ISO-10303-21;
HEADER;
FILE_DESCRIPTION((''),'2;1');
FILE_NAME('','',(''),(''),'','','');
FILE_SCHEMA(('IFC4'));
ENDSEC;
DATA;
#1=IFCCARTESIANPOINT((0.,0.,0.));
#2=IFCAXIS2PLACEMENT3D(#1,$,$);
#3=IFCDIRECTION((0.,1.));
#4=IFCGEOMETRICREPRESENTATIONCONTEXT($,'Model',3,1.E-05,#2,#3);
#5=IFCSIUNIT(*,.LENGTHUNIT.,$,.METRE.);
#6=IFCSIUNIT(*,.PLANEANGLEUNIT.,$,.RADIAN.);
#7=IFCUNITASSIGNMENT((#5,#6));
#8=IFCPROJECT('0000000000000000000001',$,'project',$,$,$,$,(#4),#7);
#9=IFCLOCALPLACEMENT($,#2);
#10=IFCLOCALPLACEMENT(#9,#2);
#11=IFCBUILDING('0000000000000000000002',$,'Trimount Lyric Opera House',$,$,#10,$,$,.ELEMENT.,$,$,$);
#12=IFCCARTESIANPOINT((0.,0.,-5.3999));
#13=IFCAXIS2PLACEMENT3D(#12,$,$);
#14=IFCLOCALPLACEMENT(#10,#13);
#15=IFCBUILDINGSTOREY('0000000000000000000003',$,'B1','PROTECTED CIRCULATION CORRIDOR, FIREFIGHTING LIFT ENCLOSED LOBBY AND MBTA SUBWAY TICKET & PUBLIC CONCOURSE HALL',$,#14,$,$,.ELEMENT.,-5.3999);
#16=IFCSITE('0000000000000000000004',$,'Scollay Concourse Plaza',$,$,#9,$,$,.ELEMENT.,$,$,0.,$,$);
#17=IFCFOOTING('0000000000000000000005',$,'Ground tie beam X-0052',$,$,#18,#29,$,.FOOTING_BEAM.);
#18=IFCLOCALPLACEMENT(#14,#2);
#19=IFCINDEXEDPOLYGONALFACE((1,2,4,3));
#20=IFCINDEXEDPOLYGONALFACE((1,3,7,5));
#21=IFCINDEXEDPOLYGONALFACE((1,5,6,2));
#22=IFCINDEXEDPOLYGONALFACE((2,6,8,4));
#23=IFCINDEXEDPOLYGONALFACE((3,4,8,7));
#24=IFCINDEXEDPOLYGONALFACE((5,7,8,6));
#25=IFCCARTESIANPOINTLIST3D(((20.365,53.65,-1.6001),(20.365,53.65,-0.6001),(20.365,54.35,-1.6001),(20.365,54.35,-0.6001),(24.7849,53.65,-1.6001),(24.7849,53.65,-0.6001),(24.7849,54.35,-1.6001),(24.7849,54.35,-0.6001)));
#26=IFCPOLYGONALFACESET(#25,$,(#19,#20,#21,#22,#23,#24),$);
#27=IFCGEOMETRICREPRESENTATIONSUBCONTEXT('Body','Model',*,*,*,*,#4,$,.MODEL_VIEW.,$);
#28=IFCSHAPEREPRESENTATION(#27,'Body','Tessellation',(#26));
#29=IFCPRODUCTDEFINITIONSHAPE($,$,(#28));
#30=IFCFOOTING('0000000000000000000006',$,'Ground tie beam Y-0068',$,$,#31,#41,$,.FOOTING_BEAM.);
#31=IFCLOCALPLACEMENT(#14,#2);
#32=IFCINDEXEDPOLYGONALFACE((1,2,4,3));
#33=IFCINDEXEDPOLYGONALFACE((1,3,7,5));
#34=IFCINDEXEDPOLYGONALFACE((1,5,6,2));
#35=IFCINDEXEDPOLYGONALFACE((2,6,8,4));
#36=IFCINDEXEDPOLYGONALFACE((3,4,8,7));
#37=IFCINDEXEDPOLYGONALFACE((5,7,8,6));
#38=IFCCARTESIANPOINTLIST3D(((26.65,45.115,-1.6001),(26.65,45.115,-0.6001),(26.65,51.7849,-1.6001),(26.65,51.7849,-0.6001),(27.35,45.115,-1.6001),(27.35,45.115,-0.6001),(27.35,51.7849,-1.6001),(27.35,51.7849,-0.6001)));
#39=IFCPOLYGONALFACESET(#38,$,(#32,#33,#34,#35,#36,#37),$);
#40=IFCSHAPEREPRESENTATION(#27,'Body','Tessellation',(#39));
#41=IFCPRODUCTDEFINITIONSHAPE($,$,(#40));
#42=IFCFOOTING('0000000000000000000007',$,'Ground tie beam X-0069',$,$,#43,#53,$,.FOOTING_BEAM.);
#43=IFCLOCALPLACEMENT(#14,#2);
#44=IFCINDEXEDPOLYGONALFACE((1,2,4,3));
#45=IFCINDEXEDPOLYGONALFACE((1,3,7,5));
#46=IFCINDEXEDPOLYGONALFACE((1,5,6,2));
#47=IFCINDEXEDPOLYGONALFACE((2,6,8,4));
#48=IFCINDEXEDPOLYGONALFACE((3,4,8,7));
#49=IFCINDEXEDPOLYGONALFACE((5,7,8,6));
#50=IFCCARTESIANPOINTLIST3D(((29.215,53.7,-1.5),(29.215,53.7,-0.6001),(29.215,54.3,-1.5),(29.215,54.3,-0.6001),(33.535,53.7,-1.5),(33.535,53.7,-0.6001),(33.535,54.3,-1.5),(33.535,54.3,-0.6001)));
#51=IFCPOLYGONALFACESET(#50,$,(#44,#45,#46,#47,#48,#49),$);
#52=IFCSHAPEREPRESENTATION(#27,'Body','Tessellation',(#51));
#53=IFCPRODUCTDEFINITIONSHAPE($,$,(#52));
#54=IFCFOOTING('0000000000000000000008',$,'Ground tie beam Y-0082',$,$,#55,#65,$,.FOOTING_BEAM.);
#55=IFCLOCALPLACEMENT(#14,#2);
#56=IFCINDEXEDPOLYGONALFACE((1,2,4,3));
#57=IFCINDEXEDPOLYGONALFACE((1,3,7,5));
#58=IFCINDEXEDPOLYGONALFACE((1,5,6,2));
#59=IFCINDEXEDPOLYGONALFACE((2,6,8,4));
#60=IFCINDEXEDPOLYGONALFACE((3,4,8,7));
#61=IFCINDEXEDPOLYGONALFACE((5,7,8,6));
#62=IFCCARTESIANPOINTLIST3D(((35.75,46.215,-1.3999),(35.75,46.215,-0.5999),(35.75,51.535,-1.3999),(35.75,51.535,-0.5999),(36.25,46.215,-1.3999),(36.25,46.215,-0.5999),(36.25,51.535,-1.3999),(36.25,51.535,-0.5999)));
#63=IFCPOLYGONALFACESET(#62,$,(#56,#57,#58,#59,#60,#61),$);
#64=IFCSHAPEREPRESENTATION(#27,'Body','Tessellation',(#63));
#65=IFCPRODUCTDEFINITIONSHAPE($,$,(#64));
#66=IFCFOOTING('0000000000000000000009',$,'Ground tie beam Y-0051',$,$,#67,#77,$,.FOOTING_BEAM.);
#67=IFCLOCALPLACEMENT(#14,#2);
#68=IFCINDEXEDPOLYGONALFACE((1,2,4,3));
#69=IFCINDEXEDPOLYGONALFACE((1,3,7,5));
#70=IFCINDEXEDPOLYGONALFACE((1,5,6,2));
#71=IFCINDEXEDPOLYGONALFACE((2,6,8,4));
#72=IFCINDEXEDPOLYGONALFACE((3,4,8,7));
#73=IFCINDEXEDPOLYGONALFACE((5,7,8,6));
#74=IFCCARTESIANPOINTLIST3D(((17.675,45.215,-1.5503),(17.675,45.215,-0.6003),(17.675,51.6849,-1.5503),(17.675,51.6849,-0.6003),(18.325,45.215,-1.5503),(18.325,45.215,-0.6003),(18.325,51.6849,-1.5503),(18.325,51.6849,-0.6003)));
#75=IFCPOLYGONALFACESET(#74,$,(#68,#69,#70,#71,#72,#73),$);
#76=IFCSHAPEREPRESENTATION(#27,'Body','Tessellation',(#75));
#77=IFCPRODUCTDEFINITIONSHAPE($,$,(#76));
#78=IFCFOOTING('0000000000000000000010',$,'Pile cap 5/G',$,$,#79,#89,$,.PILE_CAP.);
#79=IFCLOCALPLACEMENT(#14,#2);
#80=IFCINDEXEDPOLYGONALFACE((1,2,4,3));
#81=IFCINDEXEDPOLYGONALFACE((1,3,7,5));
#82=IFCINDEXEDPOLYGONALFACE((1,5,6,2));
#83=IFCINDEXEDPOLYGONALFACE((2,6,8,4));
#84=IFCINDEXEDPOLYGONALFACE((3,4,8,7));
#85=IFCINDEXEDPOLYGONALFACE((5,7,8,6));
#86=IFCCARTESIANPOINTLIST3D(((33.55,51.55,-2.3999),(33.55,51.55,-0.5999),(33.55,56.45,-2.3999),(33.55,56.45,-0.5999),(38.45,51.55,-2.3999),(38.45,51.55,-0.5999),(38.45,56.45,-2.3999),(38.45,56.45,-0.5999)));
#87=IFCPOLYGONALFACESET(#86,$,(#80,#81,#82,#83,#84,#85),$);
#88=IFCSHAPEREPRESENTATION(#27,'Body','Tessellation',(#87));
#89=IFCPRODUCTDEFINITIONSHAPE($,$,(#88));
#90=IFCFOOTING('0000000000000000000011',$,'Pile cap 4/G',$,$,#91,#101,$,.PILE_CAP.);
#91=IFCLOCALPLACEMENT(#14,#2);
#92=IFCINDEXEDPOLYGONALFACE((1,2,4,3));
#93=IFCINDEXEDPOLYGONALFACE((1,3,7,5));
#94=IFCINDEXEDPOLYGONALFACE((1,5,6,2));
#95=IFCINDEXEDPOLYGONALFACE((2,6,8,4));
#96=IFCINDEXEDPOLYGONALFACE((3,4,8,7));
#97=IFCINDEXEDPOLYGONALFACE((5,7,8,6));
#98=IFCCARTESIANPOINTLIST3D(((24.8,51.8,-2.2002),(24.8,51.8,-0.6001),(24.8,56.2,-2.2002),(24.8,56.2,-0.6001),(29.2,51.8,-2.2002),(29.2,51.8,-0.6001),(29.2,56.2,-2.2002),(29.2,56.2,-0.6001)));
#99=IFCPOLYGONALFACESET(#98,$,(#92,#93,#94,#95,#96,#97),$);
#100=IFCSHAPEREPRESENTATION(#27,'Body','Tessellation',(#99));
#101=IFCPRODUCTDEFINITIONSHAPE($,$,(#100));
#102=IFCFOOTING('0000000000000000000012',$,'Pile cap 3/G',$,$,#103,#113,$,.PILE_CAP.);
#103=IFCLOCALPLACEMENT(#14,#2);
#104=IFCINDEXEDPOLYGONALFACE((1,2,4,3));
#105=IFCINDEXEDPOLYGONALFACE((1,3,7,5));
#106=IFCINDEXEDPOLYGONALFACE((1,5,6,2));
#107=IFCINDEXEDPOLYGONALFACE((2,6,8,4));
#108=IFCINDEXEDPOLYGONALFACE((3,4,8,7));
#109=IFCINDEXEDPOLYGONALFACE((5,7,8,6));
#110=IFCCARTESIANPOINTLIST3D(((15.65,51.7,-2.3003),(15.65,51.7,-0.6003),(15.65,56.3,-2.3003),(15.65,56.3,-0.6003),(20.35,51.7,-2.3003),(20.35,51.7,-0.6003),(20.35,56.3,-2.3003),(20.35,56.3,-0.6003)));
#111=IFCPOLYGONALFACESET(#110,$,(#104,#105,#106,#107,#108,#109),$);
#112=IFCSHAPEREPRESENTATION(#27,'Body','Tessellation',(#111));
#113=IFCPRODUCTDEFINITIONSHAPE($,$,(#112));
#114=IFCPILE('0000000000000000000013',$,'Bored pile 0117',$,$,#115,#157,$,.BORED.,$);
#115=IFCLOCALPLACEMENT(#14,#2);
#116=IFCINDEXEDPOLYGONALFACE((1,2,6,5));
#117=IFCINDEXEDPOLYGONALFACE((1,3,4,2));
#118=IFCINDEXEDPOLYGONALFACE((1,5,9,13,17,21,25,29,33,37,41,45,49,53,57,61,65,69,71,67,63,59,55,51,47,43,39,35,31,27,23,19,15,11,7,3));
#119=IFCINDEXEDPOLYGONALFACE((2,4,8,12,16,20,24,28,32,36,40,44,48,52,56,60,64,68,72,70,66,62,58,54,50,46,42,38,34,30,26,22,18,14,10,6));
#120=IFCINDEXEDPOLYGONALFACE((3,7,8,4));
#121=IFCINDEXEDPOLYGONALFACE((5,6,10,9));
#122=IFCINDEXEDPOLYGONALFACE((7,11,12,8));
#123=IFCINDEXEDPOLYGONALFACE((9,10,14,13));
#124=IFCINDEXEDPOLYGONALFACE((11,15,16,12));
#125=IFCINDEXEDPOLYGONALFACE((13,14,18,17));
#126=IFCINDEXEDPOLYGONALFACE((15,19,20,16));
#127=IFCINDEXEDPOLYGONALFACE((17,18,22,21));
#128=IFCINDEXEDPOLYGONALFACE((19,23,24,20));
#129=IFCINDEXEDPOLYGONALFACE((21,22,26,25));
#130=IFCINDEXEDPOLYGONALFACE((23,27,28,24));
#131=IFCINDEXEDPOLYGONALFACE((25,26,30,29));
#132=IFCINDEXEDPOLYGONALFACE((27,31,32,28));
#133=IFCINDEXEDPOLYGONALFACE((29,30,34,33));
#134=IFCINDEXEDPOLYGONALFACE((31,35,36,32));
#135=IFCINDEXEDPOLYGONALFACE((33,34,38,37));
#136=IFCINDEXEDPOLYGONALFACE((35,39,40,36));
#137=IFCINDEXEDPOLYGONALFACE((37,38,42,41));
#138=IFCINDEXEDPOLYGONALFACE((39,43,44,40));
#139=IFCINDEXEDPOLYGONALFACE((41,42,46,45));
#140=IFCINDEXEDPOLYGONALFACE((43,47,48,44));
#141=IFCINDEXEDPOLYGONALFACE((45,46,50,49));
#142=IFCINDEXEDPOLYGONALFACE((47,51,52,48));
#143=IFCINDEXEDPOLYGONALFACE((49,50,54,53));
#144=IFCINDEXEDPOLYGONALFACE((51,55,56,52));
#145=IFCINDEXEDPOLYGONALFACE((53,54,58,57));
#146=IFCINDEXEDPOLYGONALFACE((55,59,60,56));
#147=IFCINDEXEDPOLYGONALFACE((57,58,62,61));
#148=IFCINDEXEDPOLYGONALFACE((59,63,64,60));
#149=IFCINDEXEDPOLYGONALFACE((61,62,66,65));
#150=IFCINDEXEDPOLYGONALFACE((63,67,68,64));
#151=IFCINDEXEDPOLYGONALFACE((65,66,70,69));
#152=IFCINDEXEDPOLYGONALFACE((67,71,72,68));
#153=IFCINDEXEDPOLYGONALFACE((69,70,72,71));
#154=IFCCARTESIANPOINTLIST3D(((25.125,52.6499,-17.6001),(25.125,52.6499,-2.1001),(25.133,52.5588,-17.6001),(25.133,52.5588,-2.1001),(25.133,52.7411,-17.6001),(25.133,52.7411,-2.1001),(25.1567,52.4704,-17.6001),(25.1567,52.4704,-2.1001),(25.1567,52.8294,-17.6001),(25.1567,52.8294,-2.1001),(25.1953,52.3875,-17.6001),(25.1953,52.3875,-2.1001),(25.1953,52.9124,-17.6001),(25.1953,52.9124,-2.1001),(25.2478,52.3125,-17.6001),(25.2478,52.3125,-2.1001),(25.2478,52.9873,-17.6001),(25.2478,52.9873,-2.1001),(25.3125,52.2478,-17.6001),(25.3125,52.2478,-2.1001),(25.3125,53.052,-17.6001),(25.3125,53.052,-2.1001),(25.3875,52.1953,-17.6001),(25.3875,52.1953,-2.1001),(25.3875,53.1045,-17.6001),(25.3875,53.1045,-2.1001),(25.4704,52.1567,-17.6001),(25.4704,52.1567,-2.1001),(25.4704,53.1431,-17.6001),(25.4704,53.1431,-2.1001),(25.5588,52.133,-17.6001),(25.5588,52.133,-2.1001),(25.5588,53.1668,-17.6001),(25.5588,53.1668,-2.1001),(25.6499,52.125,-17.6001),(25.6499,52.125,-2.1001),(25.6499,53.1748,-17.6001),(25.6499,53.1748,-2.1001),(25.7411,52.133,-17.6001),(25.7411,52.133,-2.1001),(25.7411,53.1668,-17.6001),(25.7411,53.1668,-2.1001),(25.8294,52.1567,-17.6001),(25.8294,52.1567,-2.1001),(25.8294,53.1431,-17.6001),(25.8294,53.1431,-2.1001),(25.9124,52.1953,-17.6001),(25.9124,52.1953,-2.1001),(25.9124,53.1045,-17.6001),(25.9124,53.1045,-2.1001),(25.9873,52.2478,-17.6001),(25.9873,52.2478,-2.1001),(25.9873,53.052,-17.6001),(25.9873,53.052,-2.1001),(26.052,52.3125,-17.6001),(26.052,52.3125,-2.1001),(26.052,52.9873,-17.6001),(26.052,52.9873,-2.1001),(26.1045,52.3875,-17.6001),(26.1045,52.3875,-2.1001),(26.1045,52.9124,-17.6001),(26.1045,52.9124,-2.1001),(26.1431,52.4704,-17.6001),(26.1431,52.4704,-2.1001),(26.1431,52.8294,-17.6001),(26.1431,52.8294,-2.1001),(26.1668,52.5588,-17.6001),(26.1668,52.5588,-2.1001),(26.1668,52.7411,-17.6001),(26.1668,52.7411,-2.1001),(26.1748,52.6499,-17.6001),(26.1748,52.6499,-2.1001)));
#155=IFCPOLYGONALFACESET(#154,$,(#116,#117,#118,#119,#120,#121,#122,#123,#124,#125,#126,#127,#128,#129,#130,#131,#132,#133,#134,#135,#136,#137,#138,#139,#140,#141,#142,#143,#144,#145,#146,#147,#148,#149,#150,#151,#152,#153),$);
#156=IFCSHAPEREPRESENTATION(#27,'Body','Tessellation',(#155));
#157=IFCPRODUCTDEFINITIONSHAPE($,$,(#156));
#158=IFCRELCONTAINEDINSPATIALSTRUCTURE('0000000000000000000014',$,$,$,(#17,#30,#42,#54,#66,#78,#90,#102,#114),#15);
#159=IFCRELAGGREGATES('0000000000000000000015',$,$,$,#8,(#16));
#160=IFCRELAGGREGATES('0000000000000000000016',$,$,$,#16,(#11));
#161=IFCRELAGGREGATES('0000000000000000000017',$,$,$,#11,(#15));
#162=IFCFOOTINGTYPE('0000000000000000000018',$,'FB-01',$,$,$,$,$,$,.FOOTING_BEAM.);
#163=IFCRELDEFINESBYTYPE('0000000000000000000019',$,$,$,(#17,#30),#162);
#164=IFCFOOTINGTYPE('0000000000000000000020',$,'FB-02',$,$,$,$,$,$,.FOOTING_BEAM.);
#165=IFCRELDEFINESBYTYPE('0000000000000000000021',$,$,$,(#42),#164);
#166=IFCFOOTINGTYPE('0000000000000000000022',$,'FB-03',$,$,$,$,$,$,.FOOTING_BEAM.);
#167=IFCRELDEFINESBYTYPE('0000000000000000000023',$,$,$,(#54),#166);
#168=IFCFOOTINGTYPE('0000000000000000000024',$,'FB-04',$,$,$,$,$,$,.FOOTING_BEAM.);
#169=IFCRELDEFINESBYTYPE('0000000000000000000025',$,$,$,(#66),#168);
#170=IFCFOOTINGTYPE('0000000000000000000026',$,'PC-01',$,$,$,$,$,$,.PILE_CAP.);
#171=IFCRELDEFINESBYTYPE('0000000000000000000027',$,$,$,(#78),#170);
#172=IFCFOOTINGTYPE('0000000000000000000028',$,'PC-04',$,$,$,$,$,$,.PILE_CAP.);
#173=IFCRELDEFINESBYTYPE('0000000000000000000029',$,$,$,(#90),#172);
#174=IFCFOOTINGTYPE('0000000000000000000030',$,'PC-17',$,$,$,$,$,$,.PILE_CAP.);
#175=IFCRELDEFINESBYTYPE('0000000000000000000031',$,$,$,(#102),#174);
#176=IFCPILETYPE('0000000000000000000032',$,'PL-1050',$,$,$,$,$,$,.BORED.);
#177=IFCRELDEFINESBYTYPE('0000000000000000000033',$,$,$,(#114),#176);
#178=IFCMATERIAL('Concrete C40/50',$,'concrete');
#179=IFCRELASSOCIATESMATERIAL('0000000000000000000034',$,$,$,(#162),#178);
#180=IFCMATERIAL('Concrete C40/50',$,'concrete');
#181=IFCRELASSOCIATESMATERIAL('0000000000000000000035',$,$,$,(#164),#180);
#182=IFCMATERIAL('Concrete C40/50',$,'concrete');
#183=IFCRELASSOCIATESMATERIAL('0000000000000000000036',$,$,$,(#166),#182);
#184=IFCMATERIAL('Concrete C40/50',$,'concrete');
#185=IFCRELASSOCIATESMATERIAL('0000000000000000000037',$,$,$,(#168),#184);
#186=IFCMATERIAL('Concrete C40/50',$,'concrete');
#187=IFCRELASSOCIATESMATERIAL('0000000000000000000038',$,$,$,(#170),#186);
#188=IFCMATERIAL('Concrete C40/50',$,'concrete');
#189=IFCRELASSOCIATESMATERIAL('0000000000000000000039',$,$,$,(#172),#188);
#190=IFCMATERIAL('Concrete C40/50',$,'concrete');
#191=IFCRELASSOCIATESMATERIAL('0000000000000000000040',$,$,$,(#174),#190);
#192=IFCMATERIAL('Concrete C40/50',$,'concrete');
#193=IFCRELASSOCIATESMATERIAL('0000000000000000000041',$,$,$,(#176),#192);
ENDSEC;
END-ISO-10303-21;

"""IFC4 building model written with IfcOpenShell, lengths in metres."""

from ifc_helpers import new_model, si_unit, direction, frame, origin, origin_2d, place, context, subcontext, project, spatial, rectangle, circle, extrude, material, material_profile, profile_set, type_object, element, save


model = new_model("IFC4")

# Units and contexts
model_context = context("Model", 3, precision=1e-05, world=origin(), true_north=direction((0.0, 1.0)))
body_context = subcontext(model_context, "Body", "Model", "MODEL_VIEW")
ifc_project = project(units=[si_unit("LENGTHUNIT", "METRE"), si_unit("PLANEANGLEUNIT", "RADIAN")], contexts=[model_context])

# Site, building, storey
site_placement = place(None, origin())
site = spatial("IfcSite", under=ifc_project, at=site_placement, Name="Scollay Concourse Plaza", CompositionType="ELEMENT", RefElevation=0.0)
building_placement = place(site_placement, origin())
building = spatial("IfcBuilding", under=site, at=building_placement, Name="Trimount Lyric Opera House", CompositionType="ELEMENT")
storey_placement = place(building_placement, frame((0.0, 0.0, -5.3999)))
storey = spatial("IfcBuildingStorey", under=building, at=storey_placement, Name="B1", Description="PROTECTED CIRCULATION CORRIDOR, FIREFIGHTING LIFT ENCLOSED LOBBY AND MBTA SUBWAY TICKET & PUBLIC CONCOURSE HALL", CompositionType="ELEMENT", Elevation=-5.3999)

# Footings
ifc_material_1 = material(Name="Concrete C40/50", Category="concrete")
footing_type_1 = type_object("IfcFootingType", Name="FB-01", PredefinedType="FOOTING_BEAM", material=ifc_material_1)
footing_1_placement = place(storey_placement, frame((22.575, 54.0, -1.6001), z_axis=(0.0, 0.0, 1.0), x_axis=(1.0, 0.0, 0.0)))
element("IfcFooting", 1, at=footing_1_placement, inside=storey, type_object=footing_type_1, Name="Ground tie beam X-0052", PredefinedType="FOOTING_BEAM", context=body_context, shape_type="SweptSolid", body=[
    extrude(rectangle(XDim=4.4199, YDim=0.7, at=origin_2d()), origin(), (0.0, 0.0, 1.0), 1.0),
])
footing_2_placement = place(storey_placement, frame((27.0, 48.45, -1.6001), z_axis=(0.0, 0.0, 1.0), x_axis=(1.0, 0.0, 0.0)))
element("IfcFooting", 2, at=footing_2_placement, inside=storey, type_object=footing_type_1, Name="Ground tie beam Y-0068", PredefinedType="FOOTING_BEAM", context=body_context, shape_type="SweptSolid", body=[
    extrude(rectangle(XDim=0.7, YDim=6.6699, at=origin_2d()), origin(), (0.0, 0.0, 1.0), 1.0),
])
ifc_material_2 = material(Name="Concrete C40/50", Category="concrete")
footing_type_2 = type_object("IfcFootingType", Name="FB-02", PredefinedType="FOOTING_BEAM", material=ifc_material_2)
footing_3_placement = place(storey_placement, frame((31.375, 54.0, -1.5), z_axis=(0.0, 0.0, 1.0), x_axis=(1.0, 0.0, 0.0)))
element("IfcFooting", 3, at=footing_3_placement, inside=storey, type_object=footing_type_2, Name="Ground tie beam X-0069", PredefinedType="FOOTING_BEAM", context=body_context, shape_type="SweptSolid", body=[
    extrude(rectangle(XDim=4.3201, YDim=0.6001, at=origin_2d()), origin(), (0.0, 0.0, 1.0), 0.8999),
])
ifc_material_3 = material(Name="Concrete C40/50", Category="concrete")
footing_type_3 = type_object("IfcFootingType", Name="FB-03", PredefinedType="FOOTING_BEAM", material=ifc_material_3)
footing_4_placement = place(storey_placement, frame((36.0, 48.875, -1.3999), z_axis=(0.0, 0.0, 1.0), x_axis=(1.0, 0.0, 0.0)))
element("IfcFooting", 4, at=footing_4_placement, inside=storey, type_object=footing_type_3, Name="Ground tie beam Y-0082", PredefinedType="FOOTING_BEAM", context=body_context, shape_type="SweptSolid", body=[
    extrude(rectangle(XDim=0.5, YDim=5.3201, at=origin_2d()), origin(), (0.0, 0.0, 1.0), 0.8),
])
ifc_material_4 = material(Name="Concrete C40/50", Category="concrete")
footing_type_4 = type_object("IfcFootingType", Name="FB-04", PredefinedType="FOOTING_BEAM", material=ifc_material_4)
footing_5_placement = place(storey_placement, frame((18.0, 48.45, -1.5503), z_axis=(0.0, 0.0, 1.0), x_axis=(1.0, 0.0, 0.0)))
element("IfcFooting", 5, at=footing_5_placement, inside=storey, type_object=footing_type_4, Name="Ground tie beam Y-0051", PredefinedType="FOOTING_BEAM", context=body_context, shape_type="SweptSolid", body=[
    extrude(rectangle(XDim=0.6499, YDim=6.47, at=origin_2d()), origin(), (0.0, 0.0, 1.0), 0.95),
])
ifc_material_5 = material(Name="Concrete C40/50", Category="concrete")
footing_type_5 = type_object("IfcFootingType", Name="PC-01", PredefinedType="PILE_CAP", material=ifc_material_5)
footing_6_placement = place(storey_placement, frame((36.0, 54.0, -2.3999), z_axis=(0.0, 0.0, 1.0), x_axis=(1.0, 0.0, 0.0)))
element("IfcFooting", 6, at=footing_6_placement, inside=storey, type_object=footing_type_5, Name="Pile cap 5/G", PredefinedType="PILE_CAP", context=body_context, shape_type="SweptSolid", body=[
    extrude(rectangle(XDim=4.8999, YDim=4.8999, at=origin_2d()), origin(), (0.0, 0.0, 1.0), 1.8),
])
ifc_material_6 = material(Name="Concrete C40/50", Category="concrete")
footing_type_6 = type_object("IfcFootingType", Name="PC-04", PredefinedType="PILE_CAP", material=ifc_material_6)
footing_7_placement = place(storey_placement, frame((27.0, 54.0, -2.2002), z_axis=(0.0, 0.0, 1.0), x_axis=(1.0, 0.0, 0.0)))
element("IfcFooting", 7, at=footing_7_placement, inside=storey, type_object=footing_type_6, Name="Pile cap 4/G", PredefinedType="PILE_CAP", context=body_context, shape_type="SweptSolid", body=[
    extrude(rectangle(XDim=4.3999, YDim=4.3999, at=origin_2d()), origin(), (0.0, 0.0, 1.0), 1.6001),
])
ifc_material_7 = material(Name="Concrete C40/50", Category="concrete")
footing_type_7 = type_object("IfcFootingType", Name="PC-17", PredefinedType="PILE_CAP", material=ifc_material_7)
footing_8_placement = place(storey_placement, frame((18.0, 54.0, -2.3003), z_axis=(0.0, 0.0, 1.0), x_axis=(1.0, 0.0, 0.0)))
element("IfcFooting", 8, at=footing_8_placement, inside=storey, type_object=footing_type_7, Name="Pile cap 3/G", PredefinedType="PILE_CAP", context=body_context, shape_type="SweptSolid", body=[
    extrude(rectangle(XDim=4.7, YDim=4.6001, at=origin_2d()), origin(), (0.0, 0.0, 1.0), 1.7),
])

# Pile
ifc_material_8 = material(Name="Concrete C40/50", Category="concrete")
ifc_material_profile_1 = material_profile(ifc_material_8, circle(Radius=0.5249, at=origin_2d()), Name="PILE-D1050")
ifc_profile_set_1 = profile_set([ifc_material_profile_1], Name="Concrete C40/50")
pile_type_1 = type_object("IfcPileType", Name="PL-1050", PredefinedType="BORED", material=ifc_profile_set_1)
for number, where, z_axis, x_axis, name in (
    (9, (25.6499, 52.6499, -2.1001), (0.0, 0.0, -1.0), (1.0, 0.0, 0.0), "Bored pile 0117"),
):
    element("IfcPile", number, at=place(storey_placement, frame(where, z_axis=z_axis, x_axis=x_axis)), inside=storey, type_object=pile_type_1, Name=name, PredefinedType="BORED", context=body_context, shape_type="SweptSolid", body=[
        extrude(circle(Radius=0.5249, at=origin_2d()), origin(), (0.0, 0.0, 1.0), 15.5),
    ])

save(model, "model.ifc")
